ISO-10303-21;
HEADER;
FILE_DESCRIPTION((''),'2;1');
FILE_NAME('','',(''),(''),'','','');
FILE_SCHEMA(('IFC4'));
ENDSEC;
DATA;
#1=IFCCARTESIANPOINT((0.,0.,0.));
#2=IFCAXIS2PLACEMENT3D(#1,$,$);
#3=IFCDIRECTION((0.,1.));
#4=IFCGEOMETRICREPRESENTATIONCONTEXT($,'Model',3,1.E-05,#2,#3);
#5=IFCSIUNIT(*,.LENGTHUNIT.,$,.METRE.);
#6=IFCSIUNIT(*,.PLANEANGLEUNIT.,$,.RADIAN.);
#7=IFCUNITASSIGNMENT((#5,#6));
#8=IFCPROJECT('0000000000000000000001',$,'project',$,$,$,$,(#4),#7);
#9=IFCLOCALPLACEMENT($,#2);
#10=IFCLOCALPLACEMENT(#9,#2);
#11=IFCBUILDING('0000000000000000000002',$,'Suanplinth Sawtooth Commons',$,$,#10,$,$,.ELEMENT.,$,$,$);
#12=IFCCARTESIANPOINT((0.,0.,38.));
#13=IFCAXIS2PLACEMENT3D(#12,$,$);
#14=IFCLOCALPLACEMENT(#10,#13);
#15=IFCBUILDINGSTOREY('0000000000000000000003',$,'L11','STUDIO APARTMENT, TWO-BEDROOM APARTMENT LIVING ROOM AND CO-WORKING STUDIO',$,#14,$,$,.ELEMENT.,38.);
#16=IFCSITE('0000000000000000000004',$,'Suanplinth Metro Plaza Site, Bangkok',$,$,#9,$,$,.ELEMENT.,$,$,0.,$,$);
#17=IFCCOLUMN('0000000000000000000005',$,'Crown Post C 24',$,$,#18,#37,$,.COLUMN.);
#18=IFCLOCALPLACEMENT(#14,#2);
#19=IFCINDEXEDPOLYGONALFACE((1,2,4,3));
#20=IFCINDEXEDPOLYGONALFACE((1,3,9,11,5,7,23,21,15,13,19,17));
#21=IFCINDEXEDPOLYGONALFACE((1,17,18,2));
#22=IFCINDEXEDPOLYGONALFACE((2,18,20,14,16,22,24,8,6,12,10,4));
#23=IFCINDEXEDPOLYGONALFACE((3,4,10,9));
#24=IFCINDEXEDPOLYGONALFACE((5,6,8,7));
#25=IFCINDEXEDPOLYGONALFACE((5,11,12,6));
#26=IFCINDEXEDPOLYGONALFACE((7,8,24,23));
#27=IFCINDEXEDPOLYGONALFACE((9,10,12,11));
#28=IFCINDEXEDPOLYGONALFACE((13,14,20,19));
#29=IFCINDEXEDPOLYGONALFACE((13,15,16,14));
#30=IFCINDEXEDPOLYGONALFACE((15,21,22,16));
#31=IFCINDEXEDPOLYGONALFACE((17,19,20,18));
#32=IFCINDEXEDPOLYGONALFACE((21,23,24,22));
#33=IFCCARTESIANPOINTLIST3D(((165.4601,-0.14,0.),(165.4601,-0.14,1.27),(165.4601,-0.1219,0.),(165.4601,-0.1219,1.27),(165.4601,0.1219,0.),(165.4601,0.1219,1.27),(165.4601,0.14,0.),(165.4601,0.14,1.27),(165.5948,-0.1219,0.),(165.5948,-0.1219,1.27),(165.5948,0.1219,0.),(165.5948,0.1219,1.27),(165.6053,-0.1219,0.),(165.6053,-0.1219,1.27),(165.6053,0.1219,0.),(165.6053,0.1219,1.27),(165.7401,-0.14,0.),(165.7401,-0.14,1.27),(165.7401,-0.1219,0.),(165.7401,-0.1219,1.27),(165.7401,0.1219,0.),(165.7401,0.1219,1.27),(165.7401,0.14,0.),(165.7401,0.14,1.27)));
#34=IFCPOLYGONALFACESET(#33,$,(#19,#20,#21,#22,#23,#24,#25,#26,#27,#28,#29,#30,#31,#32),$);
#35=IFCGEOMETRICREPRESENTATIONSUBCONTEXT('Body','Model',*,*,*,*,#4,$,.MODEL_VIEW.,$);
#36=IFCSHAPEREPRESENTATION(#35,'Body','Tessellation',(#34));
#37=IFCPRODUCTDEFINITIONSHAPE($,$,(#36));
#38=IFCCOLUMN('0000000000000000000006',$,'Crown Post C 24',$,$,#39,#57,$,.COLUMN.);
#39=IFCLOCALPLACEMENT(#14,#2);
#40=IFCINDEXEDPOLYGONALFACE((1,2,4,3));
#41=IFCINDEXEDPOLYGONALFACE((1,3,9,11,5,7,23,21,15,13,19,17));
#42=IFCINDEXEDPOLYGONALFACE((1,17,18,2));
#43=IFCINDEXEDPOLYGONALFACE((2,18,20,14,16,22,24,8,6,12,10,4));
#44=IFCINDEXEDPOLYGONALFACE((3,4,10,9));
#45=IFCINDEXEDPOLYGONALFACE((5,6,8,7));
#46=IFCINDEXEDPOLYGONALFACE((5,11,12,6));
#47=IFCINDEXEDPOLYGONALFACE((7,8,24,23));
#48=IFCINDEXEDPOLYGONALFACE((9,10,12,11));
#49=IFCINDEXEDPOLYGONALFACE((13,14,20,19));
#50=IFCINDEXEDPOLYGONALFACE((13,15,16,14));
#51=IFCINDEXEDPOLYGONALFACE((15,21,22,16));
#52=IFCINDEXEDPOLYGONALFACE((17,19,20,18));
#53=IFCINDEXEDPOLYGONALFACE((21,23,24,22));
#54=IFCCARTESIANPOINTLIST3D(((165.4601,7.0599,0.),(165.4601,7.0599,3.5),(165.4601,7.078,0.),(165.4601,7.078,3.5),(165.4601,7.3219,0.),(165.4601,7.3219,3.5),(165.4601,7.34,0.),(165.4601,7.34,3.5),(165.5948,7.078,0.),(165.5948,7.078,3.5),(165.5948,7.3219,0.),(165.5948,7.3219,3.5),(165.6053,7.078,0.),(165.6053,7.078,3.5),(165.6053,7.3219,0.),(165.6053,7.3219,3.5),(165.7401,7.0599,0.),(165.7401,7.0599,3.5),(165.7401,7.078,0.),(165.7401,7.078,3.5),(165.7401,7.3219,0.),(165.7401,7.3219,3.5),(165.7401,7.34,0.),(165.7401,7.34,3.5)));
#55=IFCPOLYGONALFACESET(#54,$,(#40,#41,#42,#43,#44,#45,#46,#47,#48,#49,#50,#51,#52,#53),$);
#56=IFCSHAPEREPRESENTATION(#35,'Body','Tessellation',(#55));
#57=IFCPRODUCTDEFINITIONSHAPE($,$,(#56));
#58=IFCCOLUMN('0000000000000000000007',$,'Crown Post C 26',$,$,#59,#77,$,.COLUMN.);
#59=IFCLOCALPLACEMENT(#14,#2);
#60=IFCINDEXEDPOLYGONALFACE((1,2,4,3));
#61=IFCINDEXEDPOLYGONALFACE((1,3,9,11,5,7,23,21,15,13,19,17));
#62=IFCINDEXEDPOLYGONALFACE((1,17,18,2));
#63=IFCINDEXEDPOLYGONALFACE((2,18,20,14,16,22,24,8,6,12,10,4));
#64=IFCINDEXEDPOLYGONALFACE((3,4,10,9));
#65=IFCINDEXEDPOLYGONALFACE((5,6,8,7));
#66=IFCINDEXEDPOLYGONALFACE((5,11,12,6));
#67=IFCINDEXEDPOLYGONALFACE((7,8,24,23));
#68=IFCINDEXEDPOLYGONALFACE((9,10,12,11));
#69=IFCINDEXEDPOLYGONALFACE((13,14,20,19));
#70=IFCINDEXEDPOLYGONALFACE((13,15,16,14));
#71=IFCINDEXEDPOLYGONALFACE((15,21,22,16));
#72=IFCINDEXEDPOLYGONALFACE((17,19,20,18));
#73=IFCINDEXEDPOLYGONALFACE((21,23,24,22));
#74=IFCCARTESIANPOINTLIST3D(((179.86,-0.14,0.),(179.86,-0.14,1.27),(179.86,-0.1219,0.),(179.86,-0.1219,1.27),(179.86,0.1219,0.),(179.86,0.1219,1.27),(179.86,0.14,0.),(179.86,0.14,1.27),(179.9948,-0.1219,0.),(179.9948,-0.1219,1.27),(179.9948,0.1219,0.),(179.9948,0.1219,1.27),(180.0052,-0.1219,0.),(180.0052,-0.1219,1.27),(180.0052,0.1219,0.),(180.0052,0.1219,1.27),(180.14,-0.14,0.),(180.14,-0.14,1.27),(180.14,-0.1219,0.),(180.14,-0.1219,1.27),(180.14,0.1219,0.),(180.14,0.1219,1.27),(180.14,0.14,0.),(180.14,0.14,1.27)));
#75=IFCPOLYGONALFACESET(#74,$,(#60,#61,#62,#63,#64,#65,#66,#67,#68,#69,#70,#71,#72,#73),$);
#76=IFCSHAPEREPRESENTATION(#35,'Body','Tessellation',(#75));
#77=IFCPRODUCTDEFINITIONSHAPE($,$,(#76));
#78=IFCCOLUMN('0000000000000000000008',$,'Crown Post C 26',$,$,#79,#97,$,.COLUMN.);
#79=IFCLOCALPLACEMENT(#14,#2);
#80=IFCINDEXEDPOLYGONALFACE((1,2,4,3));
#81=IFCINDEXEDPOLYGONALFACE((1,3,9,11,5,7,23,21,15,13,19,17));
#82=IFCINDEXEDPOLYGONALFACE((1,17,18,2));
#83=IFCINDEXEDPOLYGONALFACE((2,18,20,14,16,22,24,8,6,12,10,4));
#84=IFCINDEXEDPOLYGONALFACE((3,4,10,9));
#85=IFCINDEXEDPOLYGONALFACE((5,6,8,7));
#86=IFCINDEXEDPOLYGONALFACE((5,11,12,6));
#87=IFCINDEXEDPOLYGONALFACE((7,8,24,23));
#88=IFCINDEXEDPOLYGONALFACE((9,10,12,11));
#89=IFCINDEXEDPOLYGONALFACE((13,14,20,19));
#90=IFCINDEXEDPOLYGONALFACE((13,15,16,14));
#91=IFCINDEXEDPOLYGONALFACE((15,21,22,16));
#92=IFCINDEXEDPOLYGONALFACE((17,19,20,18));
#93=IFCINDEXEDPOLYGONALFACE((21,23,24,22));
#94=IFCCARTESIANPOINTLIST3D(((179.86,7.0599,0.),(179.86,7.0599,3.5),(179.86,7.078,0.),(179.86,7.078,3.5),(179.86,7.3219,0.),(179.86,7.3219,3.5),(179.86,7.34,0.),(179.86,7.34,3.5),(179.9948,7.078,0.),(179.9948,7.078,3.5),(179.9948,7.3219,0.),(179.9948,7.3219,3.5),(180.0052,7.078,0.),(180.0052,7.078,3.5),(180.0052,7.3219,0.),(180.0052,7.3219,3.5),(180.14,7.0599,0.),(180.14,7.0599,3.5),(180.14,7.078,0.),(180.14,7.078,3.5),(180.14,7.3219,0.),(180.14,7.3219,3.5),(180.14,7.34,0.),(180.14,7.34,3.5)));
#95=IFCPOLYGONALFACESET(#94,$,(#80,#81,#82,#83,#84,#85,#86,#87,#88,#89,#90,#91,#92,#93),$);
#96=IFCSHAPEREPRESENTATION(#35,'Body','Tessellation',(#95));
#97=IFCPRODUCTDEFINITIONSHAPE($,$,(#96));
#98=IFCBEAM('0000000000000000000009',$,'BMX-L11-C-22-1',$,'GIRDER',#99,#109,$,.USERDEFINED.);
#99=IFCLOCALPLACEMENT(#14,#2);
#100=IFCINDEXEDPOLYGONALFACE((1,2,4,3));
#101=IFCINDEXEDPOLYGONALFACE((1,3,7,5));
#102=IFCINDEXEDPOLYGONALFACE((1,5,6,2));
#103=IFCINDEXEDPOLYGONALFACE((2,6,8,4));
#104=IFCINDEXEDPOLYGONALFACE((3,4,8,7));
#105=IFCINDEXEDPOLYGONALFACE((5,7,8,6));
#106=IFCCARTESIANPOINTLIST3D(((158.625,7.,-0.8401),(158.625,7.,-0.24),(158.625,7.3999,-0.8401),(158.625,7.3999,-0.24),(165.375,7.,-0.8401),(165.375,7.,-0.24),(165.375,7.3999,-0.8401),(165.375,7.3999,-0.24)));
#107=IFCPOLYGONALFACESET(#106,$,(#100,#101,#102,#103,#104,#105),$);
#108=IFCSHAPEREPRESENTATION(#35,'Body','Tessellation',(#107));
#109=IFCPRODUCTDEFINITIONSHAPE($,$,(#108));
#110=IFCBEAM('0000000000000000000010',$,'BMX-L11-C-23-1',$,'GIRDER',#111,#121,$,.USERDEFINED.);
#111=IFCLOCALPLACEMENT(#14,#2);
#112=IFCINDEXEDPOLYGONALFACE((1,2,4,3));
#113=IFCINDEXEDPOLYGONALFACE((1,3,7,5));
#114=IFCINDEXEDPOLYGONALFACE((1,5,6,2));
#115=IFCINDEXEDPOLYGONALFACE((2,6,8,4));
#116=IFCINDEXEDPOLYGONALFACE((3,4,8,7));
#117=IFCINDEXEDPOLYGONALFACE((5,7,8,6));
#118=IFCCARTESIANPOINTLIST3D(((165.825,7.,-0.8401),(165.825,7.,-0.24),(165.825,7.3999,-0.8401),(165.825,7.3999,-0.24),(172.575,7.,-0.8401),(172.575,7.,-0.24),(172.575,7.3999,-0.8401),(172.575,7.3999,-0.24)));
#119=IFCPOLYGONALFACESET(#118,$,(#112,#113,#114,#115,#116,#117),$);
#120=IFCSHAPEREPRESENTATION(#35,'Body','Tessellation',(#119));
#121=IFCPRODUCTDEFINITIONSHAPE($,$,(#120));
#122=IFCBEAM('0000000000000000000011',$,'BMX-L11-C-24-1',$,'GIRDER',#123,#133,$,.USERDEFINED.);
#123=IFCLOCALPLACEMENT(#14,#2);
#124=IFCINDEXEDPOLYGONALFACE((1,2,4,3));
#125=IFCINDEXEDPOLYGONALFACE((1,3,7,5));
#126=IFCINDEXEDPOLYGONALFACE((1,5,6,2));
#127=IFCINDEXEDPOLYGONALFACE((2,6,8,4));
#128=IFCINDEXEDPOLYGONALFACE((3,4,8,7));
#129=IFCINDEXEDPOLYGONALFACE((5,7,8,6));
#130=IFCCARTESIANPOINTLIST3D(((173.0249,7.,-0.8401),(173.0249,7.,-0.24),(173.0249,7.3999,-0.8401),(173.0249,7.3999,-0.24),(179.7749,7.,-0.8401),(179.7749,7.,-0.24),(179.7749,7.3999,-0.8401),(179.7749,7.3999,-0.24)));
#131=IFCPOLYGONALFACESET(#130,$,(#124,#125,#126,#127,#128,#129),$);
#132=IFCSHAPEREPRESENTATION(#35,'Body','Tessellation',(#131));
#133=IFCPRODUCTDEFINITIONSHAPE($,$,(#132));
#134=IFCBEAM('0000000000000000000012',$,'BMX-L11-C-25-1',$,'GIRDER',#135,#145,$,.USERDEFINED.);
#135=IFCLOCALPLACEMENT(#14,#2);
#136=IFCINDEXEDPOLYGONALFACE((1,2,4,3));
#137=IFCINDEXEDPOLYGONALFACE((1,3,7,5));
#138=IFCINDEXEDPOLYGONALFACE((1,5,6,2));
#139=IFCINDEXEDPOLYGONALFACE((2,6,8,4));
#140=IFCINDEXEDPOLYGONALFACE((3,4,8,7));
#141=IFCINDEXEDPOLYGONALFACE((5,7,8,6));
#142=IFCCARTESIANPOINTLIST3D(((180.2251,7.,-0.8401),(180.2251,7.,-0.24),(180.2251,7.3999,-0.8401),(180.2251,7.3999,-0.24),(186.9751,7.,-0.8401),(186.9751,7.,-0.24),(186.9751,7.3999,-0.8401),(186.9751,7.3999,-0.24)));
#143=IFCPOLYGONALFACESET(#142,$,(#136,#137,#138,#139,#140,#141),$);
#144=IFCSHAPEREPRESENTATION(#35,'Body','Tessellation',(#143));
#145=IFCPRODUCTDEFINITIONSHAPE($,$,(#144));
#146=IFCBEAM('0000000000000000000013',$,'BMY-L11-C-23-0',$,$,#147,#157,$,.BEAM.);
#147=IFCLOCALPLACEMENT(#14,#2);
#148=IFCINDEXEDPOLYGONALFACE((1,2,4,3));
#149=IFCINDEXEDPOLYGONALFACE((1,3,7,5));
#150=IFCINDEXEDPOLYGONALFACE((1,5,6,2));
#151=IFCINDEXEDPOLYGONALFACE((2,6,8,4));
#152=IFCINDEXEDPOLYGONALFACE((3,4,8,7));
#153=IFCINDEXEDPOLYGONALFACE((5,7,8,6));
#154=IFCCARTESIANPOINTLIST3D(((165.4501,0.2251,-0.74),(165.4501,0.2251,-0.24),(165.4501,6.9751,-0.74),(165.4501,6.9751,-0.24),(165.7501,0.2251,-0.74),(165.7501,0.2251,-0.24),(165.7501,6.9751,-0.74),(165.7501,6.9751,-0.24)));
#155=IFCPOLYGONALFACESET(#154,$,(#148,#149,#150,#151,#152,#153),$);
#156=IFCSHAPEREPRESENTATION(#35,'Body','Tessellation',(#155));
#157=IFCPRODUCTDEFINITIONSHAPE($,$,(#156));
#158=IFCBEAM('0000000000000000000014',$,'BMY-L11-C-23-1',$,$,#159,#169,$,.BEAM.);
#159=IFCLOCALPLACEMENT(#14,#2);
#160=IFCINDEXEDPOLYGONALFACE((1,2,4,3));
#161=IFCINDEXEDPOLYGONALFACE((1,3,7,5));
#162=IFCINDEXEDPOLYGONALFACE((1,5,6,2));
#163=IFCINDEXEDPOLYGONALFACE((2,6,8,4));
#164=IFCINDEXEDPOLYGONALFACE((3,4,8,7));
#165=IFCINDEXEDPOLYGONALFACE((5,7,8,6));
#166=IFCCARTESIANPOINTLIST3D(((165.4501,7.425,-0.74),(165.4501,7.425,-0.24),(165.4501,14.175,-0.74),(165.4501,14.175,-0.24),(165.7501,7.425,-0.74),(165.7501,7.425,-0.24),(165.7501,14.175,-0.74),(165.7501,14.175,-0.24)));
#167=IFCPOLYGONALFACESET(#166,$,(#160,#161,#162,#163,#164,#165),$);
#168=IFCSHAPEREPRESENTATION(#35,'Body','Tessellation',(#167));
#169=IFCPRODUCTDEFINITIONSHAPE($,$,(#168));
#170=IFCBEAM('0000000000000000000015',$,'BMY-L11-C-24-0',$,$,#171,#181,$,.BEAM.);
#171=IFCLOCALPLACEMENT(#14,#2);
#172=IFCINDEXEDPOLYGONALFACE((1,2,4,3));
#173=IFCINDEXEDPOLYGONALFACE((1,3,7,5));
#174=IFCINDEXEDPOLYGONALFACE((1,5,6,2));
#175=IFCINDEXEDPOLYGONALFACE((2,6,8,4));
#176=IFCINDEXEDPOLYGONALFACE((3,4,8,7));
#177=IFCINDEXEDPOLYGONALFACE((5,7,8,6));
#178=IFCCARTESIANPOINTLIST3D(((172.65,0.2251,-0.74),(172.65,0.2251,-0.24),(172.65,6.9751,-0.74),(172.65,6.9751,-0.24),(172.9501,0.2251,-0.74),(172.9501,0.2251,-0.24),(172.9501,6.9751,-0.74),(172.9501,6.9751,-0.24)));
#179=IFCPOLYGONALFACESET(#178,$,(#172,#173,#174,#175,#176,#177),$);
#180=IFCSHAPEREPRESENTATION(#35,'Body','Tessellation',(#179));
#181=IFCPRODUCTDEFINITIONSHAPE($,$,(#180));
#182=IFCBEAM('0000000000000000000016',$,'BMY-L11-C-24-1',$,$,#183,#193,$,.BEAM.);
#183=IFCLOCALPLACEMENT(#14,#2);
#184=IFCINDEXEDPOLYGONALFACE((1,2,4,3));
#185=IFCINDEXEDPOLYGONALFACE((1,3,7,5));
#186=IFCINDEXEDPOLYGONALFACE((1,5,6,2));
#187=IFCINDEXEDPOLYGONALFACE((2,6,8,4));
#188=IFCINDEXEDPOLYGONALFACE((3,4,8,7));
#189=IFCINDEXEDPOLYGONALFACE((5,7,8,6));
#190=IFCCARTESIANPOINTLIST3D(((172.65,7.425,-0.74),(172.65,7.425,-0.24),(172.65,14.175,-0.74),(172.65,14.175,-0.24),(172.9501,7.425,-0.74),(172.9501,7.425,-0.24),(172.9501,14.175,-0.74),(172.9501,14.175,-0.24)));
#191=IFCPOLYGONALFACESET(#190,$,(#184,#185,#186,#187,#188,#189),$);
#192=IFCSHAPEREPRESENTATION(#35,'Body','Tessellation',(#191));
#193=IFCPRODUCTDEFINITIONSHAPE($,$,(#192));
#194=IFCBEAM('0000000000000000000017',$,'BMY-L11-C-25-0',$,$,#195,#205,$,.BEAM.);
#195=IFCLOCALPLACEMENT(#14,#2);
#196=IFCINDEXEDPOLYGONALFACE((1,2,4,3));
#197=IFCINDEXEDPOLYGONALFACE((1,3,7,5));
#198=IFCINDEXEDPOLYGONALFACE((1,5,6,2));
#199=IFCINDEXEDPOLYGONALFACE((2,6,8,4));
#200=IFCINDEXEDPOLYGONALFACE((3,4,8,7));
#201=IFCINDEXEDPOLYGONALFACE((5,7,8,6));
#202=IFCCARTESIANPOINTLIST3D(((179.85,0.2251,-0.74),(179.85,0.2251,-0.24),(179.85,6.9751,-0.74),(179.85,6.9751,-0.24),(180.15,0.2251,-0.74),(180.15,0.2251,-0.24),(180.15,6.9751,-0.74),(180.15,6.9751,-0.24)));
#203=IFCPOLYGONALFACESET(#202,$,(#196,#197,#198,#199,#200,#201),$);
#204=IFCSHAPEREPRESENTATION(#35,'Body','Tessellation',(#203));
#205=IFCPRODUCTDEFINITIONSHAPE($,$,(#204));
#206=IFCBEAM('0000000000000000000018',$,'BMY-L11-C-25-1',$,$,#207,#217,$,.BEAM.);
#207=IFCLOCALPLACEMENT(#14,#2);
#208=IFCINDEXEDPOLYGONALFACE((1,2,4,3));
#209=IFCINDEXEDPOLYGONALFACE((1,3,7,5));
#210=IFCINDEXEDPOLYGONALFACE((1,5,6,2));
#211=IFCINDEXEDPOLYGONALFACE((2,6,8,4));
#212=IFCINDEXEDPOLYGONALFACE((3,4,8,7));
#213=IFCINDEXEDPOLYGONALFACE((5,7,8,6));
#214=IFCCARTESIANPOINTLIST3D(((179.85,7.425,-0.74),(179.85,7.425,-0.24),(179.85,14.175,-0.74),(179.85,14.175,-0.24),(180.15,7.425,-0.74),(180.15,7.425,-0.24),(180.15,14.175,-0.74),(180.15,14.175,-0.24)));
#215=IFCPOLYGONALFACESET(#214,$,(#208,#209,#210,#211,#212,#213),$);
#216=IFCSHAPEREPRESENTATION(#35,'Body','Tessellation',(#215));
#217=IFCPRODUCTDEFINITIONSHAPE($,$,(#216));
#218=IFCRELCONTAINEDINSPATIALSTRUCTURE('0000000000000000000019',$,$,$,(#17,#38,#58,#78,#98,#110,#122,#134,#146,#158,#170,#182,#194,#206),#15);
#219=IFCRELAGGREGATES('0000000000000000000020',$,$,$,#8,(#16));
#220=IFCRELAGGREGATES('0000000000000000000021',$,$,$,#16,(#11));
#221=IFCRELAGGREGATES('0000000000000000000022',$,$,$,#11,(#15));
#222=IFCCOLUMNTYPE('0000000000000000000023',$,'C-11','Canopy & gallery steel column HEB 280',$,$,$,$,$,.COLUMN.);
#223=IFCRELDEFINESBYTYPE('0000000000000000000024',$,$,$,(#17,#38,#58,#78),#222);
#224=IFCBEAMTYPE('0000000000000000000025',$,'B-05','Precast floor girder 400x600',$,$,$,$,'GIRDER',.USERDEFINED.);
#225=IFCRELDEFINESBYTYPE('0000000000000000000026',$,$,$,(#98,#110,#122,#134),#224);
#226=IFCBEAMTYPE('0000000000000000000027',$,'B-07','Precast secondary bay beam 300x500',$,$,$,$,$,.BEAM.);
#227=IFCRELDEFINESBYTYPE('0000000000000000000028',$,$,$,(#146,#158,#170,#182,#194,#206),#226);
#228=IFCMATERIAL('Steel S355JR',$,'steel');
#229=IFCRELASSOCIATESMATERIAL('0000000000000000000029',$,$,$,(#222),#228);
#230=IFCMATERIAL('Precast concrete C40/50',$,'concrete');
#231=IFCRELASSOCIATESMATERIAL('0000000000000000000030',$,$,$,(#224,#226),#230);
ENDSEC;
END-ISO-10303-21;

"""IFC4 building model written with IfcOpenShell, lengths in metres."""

from ifc_helpers import new_model, si_unit, direction, frame, origin, origin_2d, place, context, subcontext, project, spatial, rectangle, i_section, extrude, material, material_profile, profile_set, type_object, element, save


model = new_model("IFC4")

# Units and contexts
model_context = context("Model", 3, precision=1e-05, world=origin(), true_north=direction((0.0, 1.0)))
body_context = subcontext(model_context, "Body", "Model", "MODEL_VIEW")
ifc_project = project(units=[si_unit("LENGTHUNIT", "METRE"), si_unit("PLANEANGLEUNIT", "RADIAN")], contexts=[model_context])

# Site, building, storey
site_placement = place(None, origin())
site = spatial("IfcSite", under=ifc_project, at=site_placement, Name="Suanplinth Metro Plaza Site, Bangkok", CompositionType="ELEMENT", RefElevation=0.0)
building_placement = place(site_placement, origin())
building = spatial("IfcBuilding", under=site, at=building_placement, Name="Suanplinth Sawtooth Commons", CompositionType="ELEMENT")
storey_placement = place(building_placement, frame((0.0, 0.0, 38.0)))
storey = spatial("IfcBuildingStorey", under=building, at=storey_placement, Name="L11", Description="STUDIO APARTMENT, TWO-BEDROOM APARTMENT LIVING ROOM AND CO-WORKING STUDIO", CompositionType="ELEMENT", Elevation=38.0)

# Columns
ifc_material_1 = material(Name="Steel S355JR", Category="steel")
ifc_material_profile_1 = material_profile(ifc_material_1, i_section(OverallWidth=0.28, OverallDepth=0.28, WebThickness=0.0105, FlangeThickness=0.0181, at=origin_2d()), Name="HEB 280")
ifc_profile_set_1 = profile_set([ifc_material_profile_1], Name="Steel S355JR")
column_type = type_object("IfcColumnType", Name="C-11", Description="Canopy & gallery steel column HEB 280", PredefinedType="COLUMN", material=ifc_profile_set_1)
column_1_placement = place(storey_placement, frame((165.6001, 0.0, 0.0), z_axis=(0.0, 0.0, 1.0), x_axis=(1.0, 0.0, 0.0)))
element("IfcColumn", 1, at=column_1_placement, inside=storey, type_object=column_type, Name="Crown Post C 24", PredefinedType="COLUMN", context=body_context, shape_type="SweptSolid", body=[
    extrude(i_section(OverallWidth=0.28, OverallDepth=0.28, WebThickness=0.0105, FlangeThickness=0.0181, at=origin_2d()), origin(), (0.0, 0.0, 1.0), 1.27),
])
column_2_placement = place(storey_placement, frame((165.6001, 7.2, 0.0), z_axis=(0.0, 0.0, 1.0), x_axis=(1.0, 0.0, 0.0)))
element("IfcColumn", 2, at=column_2_placement, inside=storey, type_object=column_type, Name="Crown Post C 24", PredefinedType="COLUMN", context=body_context, shape_type="SweptSolid", body=[
    extrude(i_section(OverallWidth=0.28, OverallDepth=0.28, WebThickness=0.0105, FlangeThickness=0.0181, at=origin_2d()), origin(), (0.0, 0.0, 1.0), 3.5),
])
column_3_placement = place(storey_placement, frame((180.0, 0.0, 0.0), z_axis=(0.0, 0.0, 1.0), x_axis=(1.0, 0.0, 0.0)))
element("IfcColumn", 3, at=column_3_placement, inside=storey, type_object=column_type, Name="Crown Post C 26", PredefinedType="COLUMN", context=body_context, shape_type="SweptSolid", body=[
    extrude(i_section(OverallWidth=0.28, OverallDepth=0.28, WebThickness=0.0105, FlangeThickness=0.0181, at=origin_2d()), origin(), (0.0, 0.0, 1.0), 1.27),
])
column_4_placement = place(storey_placement, frame((180.0, 7.2, 0.0), z_axis=(0.0, 0.0, 1.0), x_axis=(1.0, 0.0, 0.0)))
element("IfcColumn", 4, at=column_4_placement, inside=storey, type_object=column_type, Name="Crown Post C 26", PredefinedType="COLUMN", context=body_context, shape_type="SweptSolid", body=[
    extrude(i_section(OverallWidth=0.28, OverallDepth=0.28, WebThickness=0.0105, FlangeThickness=0.0181, at=origin_2d()), origin(), (0.0, 0.0, 1.0), 3.5),
])

# Beams
ifc_material_2 = material(Name="Precast concrete C40/50", Category="concrete")
ifc_material_profile_2 = material_profile(ifc_material_2, rectangle(XDim=0.3999, YDim=0.6001, at=origin_2d()), Name="PC-GDR 400x600")
ifc_profile_set_2 = profile_set([ifc_material_profile_2], Name="Precast concrete C40/50")
beam_type_1 = type_object("IfcBeamType", Name="B-05", Description="Precast floor girder 400x600", ElementType="GIRDER", PredefinedType="USERDEFINED", material=ifc_profile_set_2)
for number, where, z_axis, x_axis, name in (
    (5, (158.625, 7.2, -0.54), (1.0, 0.0, 0.0), (0.0, 1.0, 0.0), "BMX-L11-C-22-1"),
    (6, (165.825, 7.2, -0.54), (1.0, 0.0, 0.0), (0.0, 1.0, 0.0), "BMX-L11-C-23-1"),
    (7, (173.0249, 7.2, -0.54), (1.0, 0.0, 0.0), (0.0, 1.0, 0.0), "BMX-L11-C-24-1"),
    (8, (180.2251, 7.2, -0.54), (1.0, 0.0, 0.0), (0.0, 1.0, 0.0), "BMX-L11-C-25-1"),
):
    element("IfcBeam", number, at=place(storey_placement, frame(where, z_axis=z_axis, x_axis=x_axis)), inside=storey, type_object=beam_type_1, Name=name, ObjectType="GIRDER", PredefinedType="USERDEFINED", context=body_context, shape_type="SweptSolid", body=[
        extrude(rectangle(XDim=0.3999, YDim=0.6001, at=origin_2d()), origin(), (0.0, 0.0, 1.0), 6.75),
    ])
ifc_material_profile_3 = material_profile(ifc_material_2, rectangle(XDim=0.3, YDim=0.5, at=origin_2d()), Name="PC-BM 300x500")
ifc_profile_set_3 = profile_set([ifc_material_profile_3], Name="Precast concrete C40/50")
beam_type_2 = type_object("IfcBeamType", Name="B-07", Description="Precast secondary bay beam 300x500", PredefinedType="BEAM", material=ifc_profile_set_3)
for number, where, z_axis, x_axis, name in (
    (9, (165.6001, 0.2251, -0.49), (0.0, 1.0, 0.0), (-1.0, 0.0, 0.0), "BMY-L11-C-23-0"),
    (10, (165.6001, 7.425, -0.49), (0.0, 1.0, 0.0), (-1.0, 0.0, 0.0), "BMY-L11-C-23-1"),
    (11, (172.8, 0.2251, -0.49), (0.0, 1.0, 0.0), (-1.0, 0.0, 0.0), "BMY-L11-C-24-0"),
    (12, (172.8, 7.425, -0.49), (0.0, 1.0, 0.0), (-1.0, 0.0, 0.0), "BMY-L11-C-24-1"),
    (13, (180.0, 0.2251, -0.49), (0.0, 1.0, 0.0), (-1.0, 0.0, 0.0), "BMY-L11-C-25-0"),
    (14, (180.0, 7.425, -0.49), (0.0, 1.0, 0.0), (-1.0, 0.0, 0.0), "BMY-L11-C-25-1"),
):
    element("IfcBeam", number, at=place(storey_placement, frame(where, z_axis=z_axis, x_axis=x_axis)), inside=storey, type_object=beam_type_2, Name=name, PredefinedType="BEAM", context=body_context, shape_type="SweptSolid", body=[
        extrude(rectangle(XDim=0.3, YDim=0.5, at=origin_2d()), origin(), (0.0, 0.0, 1.0), 6.75),
    ])

save(model, "model.ifc")
